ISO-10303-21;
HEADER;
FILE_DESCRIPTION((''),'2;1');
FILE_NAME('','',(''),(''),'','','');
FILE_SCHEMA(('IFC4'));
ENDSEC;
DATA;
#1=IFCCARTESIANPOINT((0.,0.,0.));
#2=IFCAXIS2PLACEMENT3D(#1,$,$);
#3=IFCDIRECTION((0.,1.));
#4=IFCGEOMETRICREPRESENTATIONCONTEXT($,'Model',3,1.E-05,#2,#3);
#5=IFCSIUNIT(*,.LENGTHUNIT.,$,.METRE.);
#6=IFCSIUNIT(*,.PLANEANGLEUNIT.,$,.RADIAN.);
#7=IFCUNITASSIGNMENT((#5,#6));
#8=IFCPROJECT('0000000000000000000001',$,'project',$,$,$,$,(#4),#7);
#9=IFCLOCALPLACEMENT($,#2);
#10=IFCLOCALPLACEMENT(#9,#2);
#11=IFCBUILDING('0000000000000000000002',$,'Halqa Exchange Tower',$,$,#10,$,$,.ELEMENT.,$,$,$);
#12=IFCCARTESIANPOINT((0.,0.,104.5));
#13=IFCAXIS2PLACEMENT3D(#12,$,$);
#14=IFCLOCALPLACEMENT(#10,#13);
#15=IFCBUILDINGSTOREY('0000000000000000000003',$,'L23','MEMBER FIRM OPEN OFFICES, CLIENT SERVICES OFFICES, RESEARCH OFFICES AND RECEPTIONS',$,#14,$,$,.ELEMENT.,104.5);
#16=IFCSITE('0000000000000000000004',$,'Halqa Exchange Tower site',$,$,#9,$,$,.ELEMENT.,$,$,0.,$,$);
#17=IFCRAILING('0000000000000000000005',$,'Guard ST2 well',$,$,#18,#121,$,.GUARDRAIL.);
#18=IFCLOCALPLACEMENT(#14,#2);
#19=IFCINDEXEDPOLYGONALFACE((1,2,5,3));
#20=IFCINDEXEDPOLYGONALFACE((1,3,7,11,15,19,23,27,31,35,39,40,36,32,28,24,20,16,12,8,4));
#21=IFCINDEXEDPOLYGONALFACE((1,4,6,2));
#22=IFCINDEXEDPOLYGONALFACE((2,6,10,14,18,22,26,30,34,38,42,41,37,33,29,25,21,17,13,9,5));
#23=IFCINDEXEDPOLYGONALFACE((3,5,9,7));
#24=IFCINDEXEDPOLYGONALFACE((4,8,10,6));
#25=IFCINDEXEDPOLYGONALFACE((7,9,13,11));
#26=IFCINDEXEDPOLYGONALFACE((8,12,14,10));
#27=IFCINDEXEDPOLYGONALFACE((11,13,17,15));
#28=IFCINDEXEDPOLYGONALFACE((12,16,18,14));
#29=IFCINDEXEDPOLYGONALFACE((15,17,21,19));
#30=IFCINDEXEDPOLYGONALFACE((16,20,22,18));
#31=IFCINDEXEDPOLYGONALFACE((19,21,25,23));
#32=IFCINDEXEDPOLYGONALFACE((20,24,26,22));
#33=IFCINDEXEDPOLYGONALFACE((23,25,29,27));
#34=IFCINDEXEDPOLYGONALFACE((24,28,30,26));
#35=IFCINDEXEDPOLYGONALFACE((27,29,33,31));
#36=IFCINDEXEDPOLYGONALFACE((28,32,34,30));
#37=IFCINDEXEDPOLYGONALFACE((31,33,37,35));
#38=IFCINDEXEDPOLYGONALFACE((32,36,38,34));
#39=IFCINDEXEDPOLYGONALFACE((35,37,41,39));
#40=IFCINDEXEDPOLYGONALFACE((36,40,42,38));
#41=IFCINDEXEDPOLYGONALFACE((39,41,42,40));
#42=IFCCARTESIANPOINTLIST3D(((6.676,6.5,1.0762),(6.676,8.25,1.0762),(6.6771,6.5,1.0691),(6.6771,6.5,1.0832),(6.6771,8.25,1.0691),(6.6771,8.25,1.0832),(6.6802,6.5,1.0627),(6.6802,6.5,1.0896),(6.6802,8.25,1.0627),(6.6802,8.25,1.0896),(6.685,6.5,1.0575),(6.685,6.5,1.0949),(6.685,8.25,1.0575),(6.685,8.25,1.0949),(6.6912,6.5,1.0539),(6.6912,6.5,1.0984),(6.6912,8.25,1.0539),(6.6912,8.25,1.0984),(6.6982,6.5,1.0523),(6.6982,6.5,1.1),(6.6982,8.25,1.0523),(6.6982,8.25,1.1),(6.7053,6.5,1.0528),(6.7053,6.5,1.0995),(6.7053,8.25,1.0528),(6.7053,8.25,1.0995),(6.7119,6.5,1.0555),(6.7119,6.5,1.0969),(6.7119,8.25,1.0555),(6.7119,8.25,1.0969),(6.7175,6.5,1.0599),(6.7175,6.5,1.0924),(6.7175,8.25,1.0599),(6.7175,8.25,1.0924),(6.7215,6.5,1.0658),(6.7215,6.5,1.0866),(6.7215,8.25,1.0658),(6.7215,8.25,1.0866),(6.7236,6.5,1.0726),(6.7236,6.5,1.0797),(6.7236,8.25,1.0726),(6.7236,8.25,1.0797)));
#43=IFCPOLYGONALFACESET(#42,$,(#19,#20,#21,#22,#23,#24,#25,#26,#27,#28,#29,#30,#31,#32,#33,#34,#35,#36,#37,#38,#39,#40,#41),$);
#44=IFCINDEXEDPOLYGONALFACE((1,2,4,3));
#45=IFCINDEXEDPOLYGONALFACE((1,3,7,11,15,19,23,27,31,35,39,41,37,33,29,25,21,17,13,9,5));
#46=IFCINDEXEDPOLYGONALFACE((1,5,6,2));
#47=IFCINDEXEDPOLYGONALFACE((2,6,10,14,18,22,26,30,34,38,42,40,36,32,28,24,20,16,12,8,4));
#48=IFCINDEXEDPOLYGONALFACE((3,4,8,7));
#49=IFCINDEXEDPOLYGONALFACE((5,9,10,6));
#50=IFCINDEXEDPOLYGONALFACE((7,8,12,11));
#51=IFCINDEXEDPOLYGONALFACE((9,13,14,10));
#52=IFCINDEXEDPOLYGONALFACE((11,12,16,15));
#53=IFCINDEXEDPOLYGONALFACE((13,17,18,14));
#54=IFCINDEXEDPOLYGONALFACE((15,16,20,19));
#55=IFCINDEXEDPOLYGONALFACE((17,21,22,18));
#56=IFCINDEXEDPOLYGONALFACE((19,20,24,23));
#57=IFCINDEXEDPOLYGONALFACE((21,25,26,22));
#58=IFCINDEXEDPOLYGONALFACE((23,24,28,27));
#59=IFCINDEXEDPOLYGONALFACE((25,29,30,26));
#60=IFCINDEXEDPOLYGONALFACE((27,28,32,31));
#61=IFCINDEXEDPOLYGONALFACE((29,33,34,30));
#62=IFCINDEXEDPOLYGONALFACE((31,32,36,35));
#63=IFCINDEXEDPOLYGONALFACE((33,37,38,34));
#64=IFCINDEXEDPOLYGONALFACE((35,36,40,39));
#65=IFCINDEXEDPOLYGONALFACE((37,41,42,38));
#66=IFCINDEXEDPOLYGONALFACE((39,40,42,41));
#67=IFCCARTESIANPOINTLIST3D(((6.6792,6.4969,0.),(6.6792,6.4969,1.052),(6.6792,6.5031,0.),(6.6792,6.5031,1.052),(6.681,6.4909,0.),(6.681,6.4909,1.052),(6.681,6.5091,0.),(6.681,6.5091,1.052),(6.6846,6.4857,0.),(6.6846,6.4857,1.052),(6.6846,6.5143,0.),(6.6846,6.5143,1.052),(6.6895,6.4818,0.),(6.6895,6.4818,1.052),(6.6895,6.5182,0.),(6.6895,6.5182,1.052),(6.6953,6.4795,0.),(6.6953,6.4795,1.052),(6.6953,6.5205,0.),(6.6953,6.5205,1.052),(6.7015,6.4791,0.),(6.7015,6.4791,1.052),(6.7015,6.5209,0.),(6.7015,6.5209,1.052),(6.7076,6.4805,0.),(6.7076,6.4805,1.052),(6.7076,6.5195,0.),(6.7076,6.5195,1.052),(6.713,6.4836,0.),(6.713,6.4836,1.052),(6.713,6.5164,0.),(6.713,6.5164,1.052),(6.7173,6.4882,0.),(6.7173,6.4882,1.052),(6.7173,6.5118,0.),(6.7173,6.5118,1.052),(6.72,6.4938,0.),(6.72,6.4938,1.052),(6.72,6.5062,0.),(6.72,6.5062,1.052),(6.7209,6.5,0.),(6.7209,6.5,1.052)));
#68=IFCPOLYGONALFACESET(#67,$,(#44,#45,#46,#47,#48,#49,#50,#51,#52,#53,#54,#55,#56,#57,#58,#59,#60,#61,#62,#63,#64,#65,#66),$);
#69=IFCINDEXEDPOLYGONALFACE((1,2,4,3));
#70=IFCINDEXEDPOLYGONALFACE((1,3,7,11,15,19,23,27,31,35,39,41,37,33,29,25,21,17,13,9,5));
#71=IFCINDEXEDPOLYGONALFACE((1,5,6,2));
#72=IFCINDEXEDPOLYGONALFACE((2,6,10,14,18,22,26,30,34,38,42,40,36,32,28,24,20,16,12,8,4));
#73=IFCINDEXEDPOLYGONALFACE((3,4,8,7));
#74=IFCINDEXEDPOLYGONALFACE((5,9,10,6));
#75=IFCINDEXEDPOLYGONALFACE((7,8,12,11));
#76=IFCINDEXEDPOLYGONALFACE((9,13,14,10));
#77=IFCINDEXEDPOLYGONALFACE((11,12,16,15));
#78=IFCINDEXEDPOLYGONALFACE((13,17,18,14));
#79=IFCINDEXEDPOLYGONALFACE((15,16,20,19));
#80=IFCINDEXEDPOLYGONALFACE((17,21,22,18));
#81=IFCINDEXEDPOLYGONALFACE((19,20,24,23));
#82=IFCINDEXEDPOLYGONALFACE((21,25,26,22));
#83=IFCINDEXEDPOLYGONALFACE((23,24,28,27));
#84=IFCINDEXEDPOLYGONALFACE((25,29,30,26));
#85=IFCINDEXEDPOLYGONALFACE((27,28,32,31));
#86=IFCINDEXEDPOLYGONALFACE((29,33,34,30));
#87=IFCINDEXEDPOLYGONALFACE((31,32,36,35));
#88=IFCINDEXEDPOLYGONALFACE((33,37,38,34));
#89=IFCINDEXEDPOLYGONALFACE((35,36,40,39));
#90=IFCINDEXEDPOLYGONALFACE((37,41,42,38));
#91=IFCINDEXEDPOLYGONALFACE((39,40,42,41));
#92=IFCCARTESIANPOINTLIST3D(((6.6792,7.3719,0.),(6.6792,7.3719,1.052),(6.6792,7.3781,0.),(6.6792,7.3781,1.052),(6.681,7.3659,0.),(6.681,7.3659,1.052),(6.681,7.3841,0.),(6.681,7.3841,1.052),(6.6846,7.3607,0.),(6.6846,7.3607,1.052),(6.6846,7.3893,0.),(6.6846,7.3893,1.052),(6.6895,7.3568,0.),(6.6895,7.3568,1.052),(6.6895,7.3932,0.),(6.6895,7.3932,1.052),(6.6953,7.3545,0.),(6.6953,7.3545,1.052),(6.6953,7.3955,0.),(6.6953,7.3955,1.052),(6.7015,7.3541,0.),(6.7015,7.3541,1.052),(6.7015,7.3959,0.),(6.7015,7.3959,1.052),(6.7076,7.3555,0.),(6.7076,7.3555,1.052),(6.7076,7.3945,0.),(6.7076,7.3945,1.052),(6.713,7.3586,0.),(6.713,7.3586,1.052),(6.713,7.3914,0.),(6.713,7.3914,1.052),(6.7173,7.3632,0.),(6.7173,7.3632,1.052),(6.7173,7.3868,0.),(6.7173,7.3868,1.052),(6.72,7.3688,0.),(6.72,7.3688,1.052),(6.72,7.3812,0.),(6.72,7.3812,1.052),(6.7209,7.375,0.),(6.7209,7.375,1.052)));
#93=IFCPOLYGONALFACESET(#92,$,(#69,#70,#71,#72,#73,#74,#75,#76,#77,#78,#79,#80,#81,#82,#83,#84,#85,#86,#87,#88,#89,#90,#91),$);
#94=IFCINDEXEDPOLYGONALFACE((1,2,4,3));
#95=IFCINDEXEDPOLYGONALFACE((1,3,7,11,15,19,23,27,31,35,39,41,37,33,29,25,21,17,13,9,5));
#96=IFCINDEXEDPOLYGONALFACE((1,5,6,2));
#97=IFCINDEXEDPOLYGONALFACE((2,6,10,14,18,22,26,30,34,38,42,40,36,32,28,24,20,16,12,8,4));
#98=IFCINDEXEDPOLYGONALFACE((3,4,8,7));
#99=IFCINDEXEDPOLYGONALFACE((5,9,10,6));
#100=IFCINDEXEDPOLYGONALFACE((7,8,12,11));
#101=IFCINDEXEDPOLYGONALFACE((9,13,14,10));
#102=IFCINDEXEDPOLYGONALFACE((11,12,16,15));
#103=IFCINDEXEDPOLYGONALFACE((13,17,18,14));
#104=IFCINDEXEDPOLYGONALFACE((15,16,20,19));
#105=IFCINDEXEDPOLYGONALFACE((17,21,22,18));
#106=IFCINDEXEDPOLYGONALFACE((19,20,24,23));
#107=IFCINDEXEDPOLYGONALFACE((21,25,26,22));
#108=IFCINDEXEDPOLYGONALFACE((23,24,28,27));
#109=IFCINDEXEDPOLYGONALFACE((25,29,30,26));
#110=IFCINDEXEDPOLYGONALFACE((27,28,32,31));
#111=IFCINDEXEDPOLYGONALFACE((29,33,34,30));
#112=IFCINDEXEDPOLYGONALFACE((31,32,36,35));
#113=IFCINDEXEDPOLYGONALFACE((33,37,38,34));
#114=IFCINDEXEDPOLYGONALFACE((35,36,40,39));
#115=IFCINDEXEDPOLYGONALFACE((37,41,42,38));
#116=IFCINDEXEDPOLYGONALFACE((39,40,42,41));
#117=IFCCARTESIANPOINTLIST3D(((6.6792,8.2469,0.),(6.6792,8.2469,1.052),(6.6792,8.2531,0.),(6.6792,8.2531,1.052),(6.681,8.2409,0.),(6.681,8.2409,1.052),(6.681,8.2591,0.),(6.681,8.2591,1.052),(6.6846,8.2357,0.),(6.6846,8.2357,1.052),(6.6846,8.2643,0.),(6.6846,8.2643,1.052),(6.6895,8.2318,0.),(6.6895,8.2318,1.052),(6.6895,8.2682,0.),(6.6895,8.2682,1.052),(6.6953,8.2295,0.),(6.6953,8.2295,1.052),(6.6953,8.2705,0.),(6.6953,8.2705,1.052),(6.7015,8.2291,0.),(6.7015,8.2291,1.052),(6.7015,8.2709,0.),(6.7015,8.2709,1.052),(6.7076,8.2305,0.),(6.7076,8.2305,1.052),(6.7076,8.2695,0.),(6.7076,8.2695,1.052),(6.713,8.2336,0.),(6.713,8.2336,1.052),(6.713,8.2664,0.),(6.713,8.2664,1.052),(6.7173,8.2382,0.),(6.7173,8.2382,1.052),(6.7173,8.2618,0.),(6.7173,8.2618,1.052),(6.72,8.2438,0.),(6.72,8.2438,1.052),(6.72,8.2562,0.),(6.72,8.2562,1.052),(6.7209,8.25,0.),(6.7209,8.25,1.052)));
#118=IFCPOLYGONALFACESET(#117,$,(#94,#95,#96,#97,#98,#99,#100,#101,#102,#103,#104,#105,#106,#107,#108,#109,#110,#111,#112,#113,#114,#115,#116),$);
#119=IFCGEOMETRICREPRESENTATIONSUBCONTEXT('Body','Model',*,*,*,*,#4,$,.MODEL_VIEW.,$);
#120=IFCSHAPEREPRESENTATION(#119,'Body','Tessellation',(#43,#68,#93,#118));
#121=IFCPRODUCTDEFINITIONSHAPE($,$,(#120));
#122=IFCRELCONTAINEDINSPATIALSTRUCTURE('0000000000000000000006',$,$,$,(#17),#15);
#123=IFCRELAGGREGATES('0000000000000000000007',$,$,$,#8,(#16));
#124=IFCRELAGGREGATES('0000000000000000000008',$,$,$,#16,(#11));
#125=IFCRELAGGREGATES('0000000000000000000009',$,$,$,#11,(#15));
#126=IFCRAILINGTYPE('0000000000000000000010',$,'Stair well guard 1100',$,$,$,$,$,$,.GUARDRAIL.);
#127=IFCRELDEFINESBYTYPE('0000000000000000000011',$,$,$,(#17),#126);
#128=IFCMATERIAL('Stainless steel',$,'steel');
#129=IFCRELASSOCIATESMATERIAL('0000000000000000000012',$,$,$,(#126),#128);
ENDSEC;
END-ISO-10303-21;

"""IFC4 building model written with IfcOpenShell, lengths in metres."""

from ifc_helpers import new_model, si_unit, direction, frame, origin, origin_2d, place, context, subcontext, project, spatial, circle, extrude, material, type_object, element, save


model = new_model("IFC4")

# Units and contexts
model_context = context("Model", 3, precision=1e-05, world=origin(), true_north=direction((0.0, 1.0)))
body_context = subcontext(model_context, "Body", "Model", "MODEL_VIEW")
ifc_project = project(units=[si_unit("LENGTHUNIT", "METRE"), si_unit("PLANEANGLEUNIT", "RADIAN")], contexts=[model_context])

# Site, building, storey
site_placement = place(None, origin())
site = spatial("IfcSite", under=ifc_project, at=site_placement, Name="Halqa Exchange Tower site", CompositionType="ELEMENT", RefElevation=0.0)
building_placement = place(site_placement, origin())
building = spatial("IfcBuilding", under=site, at=building_placement, Name="Halqa Exchange Tower", CompositionType="ELEMENT")
storey_placement = place(building_placement, frame((0.0, 0.0, 104.5)))
storey = spatial("IfcBuildingStorey", under=building, at=storey_placement, Name="L23", Description="MEMBER FIRM OPEN OFFICES, CLIENT SERVICES OFFICES, RESEARCH OFFICES AND RECEPTIONS", CompositionType="ELEMENT", Elevation=104.5)

# Railing
ifc_material_1 = material(Name="Stainless steel", Category="steel")
railing_type_1 = type_object("IfcRailingType", Name="Stair well guard 1100", PredefinedType="GUARDRAIL", material=ifc_material_1)
railing_1_placement = place(storey_placement, frame((6.7, 6.5, 0.0)))
element("IfcRailing", 1, at=railing_1_placement, inside=storey, type_object=railing_type_1, Name="Guard ST2 well", PredefinedType="GUARDRAIL", context=body_context, shape_type="SweptSolid", body=[
    extrude(circle(Radius=0.0239, at=origin_2d()), frame((0.0, 0.0, 1.0762), z_axis=(0.0, 1.0, 0.0), x_axis=(-1.0, 0.0, 0.0)), (0.0, 0.0, 1.0), 1.75),
    extrude(circle(Radius=0.021, at=origin_2d()), origin(), (0.0, 0.0, 1.0), 1.052),
    extrude(circle(Radius=0.021, at=origin_2d()), frame((0.0, 0.875, 0.0)), (0.0, 0.0, 1.0), 1.052),
    extrude(circle(Radius=0.021, at=origin_2d()), frame((0.0, 1.75, 0.0)), (0.0, 0.0, 1.0), 1.052),
])

save(model, "model.ifc")
